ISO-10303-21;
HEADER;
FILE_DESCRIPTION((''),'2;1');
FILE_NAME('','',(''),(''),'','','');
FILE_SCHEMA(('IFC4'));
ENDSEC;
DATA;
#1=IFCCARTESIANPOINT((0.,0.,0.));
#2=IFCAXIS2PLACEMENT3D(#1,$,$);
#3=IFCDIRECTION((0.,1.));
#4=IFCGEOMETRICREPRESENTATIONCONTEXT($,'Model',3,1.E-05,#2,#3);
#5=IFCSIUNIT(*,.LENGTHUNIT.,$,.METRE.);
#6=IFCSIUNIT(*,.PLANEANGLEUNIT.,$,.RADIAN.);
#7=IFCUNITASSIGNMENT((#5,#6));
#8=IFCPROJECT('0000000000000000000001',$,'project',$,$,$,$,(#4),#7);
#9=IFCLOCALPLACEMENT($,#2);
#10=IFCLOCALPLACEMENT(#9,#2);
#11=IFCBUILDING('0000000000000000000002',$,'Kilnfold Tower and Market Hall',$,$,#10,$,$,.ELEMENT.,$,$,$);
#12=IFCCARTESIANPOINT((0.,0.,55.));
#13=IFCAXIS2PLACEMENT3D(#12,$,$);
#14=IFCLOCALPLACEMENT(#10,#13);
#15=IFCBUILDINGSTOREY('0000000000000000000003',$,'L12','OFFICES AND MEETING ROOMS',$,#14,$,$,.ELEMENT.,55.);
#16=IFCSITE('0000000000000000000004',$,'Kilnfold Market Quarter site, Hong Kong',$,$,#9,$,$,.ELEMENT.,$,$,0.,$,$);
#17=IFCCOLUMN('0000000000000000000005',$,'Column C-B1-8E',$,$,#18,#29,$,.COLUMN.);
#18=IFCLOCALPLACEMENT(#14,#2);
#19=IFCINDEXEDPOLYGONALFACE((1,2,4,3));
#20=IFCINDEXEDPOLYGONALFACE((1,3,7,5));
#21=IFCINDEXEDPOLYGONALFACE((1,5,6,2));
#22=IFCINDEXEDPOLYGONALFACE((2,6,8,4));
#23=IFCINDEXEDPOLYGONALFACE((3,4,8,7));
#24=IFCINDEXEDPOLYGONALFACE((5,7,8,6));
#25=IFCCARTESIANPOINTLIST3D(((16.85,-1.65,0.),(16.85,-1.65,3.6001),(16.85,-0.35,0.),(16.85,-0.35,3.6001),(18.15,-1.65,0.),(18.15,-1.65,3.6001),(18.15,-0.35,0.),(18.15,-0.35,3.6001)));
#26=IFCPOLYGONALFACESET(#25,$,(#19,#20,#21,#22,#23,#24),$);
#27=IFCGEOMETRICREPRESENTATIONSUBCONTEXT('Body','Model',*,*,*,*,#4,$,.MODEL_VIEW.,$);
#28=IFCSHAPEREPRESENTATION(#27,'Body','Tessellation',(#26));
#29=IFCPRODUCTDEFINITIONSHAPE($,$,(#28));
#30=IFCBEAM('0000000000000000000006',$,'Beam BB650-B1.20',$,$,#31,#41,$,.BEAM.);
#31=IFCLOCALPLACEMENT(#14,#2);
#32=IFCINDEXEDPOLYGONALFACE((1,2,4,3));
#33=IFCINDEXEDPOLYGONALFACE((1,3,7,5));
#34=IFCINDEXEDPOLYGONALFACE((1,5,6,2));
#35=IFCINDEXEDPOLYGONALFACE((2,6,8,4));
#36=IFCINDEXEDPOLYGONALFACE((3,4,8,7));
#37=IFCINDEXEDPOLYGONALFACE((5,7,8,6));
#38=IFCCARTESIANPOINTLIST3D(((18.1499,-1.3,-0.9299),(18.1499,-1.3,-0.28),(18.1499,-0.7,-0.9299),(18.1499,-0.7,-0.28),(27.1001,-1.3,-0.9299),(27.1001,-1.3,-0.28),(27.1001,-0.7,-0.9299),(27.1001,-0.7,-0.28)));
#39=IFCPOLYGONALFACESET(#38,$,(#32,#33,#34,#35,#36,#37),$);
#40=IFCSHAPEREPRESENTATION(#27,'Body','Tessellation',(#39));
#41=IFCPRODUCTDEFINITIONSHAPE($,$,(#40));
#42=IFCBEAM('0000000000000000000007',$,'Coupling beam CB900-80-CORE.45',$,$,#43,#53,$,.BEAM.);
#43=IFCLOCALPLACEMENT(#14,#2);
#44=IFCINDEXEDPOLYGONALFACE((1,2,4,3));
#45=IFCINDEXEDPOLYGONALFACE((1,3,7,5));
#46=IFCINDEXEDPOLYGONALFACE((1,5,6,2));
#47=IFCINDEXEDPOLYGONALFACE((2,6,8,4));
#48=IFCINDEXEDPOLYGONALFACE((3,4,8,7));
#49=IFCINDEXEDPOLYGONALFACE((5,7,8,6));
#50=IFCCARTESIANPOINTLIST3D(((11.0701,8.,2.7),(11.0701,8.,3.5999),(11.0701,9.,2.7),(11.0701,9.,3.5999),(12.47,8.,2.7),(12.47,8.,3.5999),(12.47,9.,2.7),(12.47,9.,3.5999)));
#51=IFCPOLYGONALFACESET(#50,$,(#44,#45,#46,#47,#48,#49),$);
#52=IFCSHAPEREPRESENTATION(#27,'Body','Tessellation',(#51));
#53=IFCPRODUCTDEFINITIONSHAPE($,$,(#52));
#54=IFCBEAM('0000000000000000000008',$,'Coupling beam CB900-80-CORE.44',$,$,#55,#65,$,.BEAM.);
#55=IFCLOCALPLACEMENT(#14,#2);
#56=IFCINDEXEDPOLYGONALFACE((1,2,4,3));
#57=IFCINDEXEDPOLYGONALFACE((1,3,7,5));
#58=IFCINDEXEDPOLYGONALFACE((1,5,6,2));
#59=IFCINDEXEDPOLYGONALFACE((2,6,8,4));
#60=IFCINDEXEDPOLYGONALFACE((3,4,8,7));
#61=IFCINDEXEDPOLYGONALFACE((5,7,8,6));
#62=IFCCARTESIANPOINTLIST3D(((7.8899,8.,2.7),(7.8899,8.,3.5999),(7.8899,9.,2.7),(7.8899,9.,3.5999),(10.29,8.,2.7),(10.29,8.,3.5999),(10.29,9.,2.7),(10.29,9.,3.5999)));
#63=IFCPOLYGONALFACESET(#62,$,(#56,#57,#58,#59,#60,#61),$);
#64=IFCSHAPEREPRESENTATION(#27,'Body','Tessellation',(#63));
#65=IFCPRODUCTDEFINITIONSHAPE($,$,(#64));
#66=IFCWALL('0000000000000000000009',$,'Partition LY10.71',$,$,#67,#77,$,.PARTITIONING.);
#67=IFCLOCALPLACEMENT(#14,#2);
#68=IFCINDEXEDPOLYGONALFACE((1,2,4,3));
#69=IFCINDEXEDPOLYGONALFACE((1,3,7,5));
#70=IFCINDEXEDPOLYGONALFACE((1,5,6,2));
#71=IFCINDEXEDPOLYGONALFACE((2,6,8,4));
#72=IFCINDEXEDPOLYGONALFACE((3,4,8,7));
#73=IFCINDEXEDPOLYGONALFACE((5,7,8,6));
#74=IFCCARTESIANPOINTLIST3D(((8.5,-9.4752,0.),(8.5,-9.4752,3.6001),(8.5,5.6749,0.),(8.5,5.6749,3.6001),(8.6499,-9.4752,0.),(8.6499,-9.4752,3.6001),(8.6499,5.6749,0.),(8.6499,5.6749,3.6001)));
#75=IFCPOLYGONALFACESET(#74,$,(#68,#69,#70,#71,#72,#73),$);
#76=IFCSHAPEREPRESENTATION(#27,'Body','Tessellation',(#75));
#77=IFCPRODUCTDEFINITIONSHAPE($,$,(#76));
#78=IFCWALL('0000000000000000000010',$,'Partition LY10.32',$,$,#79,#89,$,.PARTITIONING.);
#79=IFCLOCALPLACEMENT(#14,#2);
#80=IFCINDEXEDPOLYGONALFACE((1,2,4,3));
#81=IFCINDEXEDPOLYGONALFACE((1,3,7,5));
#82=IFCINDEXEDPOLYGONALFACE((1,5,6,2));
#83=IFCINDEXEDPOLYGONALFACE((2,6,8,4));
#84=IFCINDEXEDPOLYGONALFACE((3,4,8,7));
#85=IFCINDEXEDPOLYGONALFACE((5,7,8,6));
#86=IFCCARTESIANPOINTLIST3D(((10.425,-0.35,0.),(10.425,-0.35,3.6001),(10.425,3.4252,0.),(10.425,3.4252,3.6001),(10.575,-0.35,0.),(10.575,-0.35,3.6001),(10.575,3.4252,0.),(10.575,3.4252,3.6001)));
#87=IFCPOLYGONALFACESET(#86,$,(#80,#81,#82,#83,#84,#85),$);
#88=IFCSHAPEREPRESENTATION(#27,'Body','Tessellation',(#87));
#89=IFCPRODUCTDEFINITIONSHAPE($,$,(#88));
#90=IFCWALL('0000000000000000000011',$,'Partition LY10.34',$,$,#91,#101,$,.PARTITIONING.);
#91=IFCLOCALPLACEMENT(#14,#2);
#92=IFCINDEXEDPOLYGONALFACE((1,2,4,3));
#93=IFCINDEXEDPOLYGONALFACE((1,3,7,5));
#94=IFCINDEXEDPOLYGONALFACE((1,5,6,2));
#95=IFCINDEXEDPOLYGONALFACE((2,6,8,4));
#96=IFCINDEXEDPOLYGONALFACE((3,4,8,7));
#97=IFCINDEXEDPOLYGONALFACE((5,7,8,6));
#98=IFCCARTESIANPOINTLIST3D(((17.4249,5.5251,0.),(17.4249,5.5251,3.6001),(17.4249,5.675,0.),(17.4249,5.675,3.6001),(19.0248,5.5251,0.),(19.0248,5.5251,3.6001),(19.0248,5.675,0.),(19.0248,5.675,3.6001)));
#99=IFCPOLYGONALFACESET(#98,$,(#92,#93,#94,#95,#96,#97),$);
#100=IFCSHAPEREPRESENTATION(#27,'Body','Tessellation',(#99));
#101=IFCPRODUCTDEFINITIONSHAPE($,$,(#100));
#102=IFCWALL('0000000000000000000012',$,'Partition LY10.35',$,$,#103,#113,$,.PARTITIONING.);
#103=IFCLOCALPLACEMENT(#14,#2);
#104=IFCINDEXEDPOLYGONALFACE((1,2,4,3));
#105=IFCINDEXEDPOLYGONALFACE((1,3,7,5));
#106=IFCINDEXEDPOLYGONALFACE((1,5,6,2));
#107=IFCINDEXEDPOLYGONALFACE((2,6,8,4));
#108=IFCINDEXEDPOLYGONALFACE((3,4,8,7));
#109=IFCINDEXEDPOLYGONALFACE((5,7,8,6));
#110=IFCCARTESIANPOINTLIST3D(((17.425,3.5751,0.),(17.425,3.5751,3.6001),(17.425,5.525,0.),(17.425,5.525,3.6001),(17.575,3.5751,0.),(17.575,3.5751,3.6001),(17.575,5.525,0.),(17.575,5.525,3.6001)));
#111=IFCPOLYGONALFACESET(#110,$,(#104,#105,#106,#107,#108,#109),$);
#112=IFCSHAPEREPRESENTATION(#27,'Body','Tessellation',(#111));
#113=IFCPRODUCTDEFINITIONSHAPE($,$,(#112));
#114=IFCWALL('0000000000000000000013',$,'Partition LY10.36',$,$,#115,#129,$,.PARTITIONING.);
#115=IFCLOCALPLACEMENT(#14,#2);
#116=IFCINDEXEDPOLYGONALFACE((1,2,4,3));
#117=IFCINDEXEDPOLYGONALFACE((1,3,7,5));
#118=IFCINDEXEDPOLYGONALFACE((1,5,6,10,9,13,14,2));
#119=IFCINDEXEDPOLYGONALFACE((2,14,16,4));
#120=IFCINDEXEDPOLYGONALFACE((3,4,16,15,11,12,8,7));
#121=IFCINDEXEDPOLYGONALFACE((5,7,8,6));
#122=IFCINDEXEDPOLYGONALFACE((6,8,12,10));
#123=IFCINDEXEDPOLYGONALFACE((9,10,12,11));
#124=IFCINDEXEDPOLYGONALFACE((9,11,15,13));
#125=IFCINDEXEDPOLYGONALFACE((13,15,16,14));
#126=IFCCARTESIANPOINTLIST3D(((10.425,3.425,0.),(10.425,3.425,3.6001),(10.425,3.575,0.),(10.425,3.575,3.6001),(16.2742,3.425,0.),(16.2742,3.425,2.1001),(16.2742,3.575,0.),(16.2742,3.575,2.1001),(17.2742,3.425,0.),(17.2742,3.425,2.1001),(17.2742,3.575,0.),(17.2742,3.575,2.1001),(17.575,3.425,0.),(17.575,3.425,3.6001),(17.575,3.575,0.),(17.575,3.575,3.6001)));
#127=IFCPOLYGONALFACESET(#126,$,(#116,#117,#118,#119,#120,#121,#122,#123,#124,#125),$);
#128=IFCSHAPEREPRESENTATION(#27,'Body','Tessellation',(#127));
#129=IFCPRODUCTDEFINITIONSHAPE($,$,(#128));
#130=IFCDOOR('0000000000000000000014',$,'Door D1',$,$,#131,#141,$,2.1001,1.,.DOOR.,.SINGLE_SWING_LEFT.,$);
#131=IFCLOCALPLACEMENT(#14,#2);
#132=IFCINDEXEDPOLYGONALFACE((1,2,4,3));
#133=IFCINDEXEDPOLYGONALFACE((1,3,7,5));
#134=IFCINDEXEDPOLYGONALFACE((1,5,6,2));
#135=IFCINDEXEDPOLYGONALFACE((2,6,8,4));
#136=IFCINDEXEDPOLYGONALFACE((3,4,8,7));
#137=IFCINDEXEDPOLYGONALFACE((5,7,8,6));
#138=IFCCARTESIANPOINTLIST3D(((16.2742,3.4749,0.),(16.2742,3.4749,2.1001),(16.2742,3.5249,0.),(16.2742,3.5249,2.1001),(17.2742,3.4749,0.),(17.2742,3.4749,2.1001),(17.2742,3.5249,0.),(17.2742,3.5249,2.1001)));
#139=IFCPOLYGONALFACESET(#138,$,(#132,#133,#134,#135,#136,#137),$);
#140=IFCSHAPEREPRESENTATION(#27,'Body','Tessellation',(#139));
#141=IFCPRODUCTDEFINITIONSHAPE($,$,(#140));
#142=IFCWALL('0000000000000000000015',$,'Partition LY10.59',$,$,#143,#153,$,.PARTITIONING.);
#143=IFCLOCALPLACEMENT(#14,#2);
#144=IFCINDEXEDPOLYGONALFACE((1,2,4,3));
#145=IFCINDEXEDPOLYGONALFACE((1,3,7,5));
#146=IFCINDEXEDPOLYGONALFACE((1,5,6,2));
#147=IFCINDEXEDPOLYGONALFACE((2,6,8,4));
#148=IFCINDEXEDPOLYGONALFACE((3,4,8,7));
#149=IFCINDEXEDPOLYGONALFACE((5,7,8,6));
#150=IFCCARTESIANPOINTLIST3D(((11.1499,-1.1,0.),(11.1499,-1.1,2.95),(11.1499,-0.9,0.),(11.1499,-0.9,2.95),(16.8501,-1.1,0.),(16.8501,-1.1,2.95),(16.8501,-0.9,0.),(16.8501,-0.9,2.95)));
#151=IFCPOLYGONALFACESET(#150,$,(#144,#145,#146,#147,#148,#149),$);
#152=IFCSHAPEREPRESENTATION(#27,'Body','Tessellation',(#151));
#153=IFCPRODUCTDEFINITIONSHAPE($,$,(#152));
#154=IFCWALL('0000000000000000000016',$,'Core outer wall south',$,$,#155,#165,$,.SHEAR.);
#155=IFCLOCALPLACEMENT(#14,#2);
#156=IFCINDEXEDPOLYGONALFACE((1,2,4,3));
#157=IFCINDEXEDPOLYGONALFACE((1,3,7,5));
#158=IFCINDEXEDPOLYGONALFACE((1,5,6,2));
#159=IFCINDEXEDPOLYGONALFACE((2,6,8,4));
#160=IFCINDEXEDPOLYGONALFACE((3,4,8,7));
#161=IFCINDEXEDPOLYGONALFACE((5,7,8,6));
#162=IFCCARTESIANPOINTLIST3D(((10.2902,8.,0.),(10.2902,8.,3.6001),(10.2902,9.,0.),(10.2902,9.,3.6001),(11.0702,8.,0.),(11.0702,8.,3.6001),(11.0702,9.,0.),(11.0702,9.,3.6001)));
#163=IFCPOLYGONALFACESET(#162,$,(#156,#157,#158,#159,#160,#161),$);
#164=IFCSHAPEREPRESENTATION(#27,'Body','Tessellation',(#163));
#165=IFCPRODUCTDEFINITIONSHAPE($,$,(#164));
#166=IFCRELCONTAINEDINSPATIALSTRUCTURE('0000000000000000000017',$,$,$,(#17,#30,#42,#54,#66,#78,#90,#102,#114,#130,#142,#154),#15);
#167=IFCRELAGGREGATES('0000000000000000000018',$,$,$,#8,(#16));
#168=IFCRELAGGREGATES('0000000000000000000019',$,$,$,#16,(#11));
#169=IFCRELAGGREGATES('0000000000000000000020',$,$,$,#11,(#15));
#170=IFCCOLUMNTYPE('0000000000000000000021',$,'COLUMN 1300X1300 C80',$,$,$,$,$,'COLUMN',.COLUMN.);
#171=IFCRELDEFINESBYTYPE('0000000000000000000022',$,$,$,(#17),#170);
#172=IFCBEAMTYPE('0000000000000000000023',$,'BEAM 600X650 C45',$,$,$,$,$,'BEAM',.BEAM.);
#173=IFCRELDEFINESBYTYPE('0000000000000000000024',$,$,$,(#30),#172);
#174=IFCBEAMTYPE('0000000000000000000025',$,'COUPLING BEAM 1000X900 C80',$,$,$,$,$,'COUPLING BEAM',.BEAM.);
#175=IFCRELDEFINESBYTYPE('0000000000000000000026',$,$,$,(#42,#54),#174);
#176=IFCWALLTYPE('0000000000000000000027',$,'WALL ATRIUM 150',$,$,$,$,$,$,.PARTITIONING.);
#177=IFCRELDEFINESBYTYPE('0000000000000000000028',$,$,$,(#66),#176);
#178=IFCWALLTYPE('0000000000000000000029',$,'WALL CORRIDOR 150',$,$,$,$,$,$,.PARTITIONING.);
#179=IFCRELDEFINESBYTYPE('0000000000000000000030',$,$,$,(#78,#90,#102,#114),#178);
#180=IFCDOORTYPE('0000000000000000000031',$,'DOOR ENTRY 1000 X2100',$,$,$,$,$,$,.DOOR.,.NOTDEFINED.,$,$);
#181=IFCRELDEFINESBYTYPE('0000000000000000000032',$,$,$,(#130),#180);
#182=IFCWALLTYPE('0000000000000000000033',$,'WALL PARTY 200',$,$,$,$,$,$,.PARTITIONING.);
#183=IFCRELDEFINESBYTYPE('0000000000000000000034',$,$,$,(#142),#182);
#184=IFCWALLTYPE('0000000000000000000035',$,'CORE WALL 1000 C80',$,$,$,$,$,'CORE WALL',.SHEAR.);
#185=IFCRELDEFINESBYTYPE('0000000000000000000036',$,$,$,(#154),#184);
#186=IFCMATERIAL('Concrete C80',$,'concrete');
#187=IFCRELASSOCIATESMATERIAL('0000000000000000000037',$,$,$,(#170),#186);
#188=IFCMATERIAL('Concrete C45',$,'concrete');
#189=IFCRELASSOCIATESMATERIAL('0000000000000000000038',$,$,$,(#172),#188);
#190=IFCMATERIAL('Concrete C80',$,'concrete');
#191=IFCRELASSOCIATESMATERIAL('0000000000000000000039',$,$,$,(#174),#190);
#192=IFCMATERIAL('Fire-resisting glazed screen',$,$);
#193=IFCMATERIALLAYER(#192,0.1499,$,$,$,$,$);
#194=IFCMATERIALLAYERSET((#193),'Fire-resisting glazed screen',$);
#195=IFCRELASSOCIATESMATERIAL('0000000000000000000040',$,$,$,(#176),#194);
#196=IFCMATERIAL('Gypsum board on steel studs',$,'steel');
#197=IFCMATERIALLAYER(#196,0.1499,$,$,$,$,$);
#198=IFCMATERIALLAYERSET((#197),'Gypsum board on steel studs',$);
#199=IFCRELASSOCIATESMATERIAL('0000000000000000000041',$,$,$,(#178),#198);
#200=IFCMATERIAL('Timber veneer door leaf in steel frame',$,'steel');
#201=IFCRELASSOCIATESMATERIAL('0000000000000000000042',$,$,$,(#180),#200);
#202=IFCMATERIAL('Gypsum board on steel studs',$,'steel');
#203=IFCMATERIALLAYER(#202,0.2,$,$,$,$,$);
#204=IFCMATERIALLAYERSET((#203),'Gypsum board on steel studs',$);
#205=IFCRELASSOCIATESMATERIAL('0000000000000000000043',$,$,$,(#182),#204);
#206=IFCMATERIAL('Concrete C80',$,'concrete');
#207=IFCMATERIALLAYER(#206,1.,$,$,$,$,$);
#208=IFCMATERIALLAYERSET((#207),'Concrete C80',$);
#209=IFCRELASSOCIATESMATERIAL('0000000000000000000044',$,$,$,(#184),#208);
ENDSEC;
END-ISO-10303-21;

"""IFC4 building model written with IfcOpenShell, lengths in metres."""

from ifc_helpers import new_model, si_unit, direction, frame, frame_2d, origin, origin_2d, place, context, subcontext, project, spatial, rectangle, extrude, source, transform, mapped, material, layer, layer_set, material_profile, profile_set, type_object, element, fill, save


model = new_model("IFC4")

# Units and contexts
model_context = context("Model", 3, precision=1e-05, world=origin(), true_north=direction((0.0, 1.0)))
body_context = subcontext(model_context, "Body", "Model", "MODEL_VIEW")
ifc_project = project(units=[si_unit("LENGTHUNIT", "METRE"), si_unit("PLANEANGLEUNIT", "RADIAN")], contexts=[model_context])

# Site, building, storey
site_placement = place(None, origin())
site = spatial("IfcSite", under=ifc_project, at=site_placement, Name="Kilnfold Market Quarter site, Hong Kong", CompositionType="ELEMENT", RefElevation=0.0)
building_placement = place(site_placement, origin())
building = spatial("IfcBuilding", under=site, at=building_placement, Name="Kilnfold Tower and Market Hall", CompositionType="ELEMENT")
storey_placement = place(building_placement, frame((0.0, 0.0, 55.0)))
storey = spatial("IfcBuildingStorey", under=building, at=storey_placement, Name="L12", Description="OFFICES AND MEETING ROOMS", CompositionType="ELEMENT", Elevation=55.0)

# Column
ifc_material_1 = material(Name="Concrete C80", Category="concrete")
ifc_material_profile_1 = material_profile(ifc_material_1, rectangle(XDim=1.3, YDim=1.3, at=origin_2d()), Name="RC 1300x1300")
ifc_profile_set_1 = profile_set([ifc_material_profile_1], Name="Concrete C80")
column_type = type_object("IfcColumnType", Name="COLUMN 1300X1300 C80", ElementType="COLUMN", PredefinedType="COLUMN", material=ifc_profile_set_1)
shared_shape_1 = source(origin(), body_context, "Body", "SweptSolid", [
    extrude(rectangle(XDim=1.3, YDim=1.3, at=origin_2d()), origin(), (0.0, 0.0, 1.0), 3.6001),
])
column_placement = place(storey_placement, frame((17.5, -1.0, 0.0), z_axis=(0.0, 0.0, 1.0), x_axis=(1.0, 0.0, 0.0)))
element("IfcColumn", 1, at=column_placement, inside=storey, type_object=column_type, Name="Column C-B1-8E", PredefinedType="COLUMN", context=body_context, shape_type="MappedRepresentation", body=[
    mapped(shared_shape_1, transform((0.0, 0.0, 0.0))),
])

# Beams
ifc_material_2 = material(Name="Concrete C45", Category="concrete")
ifc_material_profile_2 = material_profile(ifc_material_2, rectangle(XDim=0.6001, YDim=0.6499, at=origin_2d()), Name="RC 600x650")
ifc_profile_set_2 = profile_set([ifc_material_profile_2], Name="Concrete C45")
beam_type_1 = type_object("IfcBeamType", Name="BEAM 600X650 C45", ElementType="BEAM", PredefinedType="BEAM", material=ifc_profile_set_2)
shared_shape_2 = source(origin(), body_context, "Body", "SweptSolid", [
    extrude(rectangle(XDim=0.6001, YDim=0.6499, at=origin_2d()), origin(), (0.0, 0.0, 1.0), 8.9502),
])
beam_1_placement = place(storey_placement, frame((18.1499, -1.0, -0.605), z_axis=(1.0, 0.0, 0.0), x_axis=(0.0, 1.0, 0.0)))
element("IfcBeam", 2, at=beam_1_placement, inside=storey, type_object=beam_type_1, Name="Beam BB650-B1.20", PredefinedType="BEAM", context=body_context, shape_type="MappedRepresentation", body=[
    mapped(shared_shape_2, transform((0.0, 0.0, 0.0))),
])
ifc_material_3 = material(Name="Concrete C80", Category="concrete")
ifc_material_profile_3 = material_profile(ifc_material_3, rectangle(XDim=1.0, YDim=0.8999, at=origin_2d()), Name="RC 1000x900")
ifc_profile_set_3 = profile_set([ifc_material_profile_3], Name="Concrete C80")
beam_type_2 = type_object("IfcBeamType", Name="COUPLING BEAM 1000X900 C80", ElementType="COUPLING BEAM", PredefinedType="BEAM", material=ifc_profile_set_3)
shared_shape_3 = source(origin(), body_context, "Body", "SweptSolid", [
    extrude(rectangle(XDim=1.0, YDim=0.8999, at=origin_2d()), origin(), (0.0, 0.0, 1.0), 1.3999),
])
beam_2_placement = place(storey_placement, frame((11.0701, 8.5, 3.1499), z_axis=(1.0, 0.0, 0.0), x_axis=(0.0, 1.0, 0.0)))
element("IfcBeam", 3, at=beam_2_placement, inside=storey, type_object=beam_type_2, Name="Coupling beam CB900-80-CORE.45", PredefinedType="BEAM", context=body_context, shape_type="MappedRepresentation", body=[
    mapped(shared_shape_3, transform((0.0, 0.0, 0.0))),
])
shared_shape_4 = source(origin(), body_context, "Body", "SweptSolid", [
    extrude(rectangle(XDim=1.0, YDim=0.8999, at=origin_2d()), origin(), (0.0, 0.0, 1.0), 2.4001),
])
beam_3_placement = place(storey_placement, frame((7.8899, 8.5, 3.1499), z_axis=(1.0, 0.0, 0.0), x_axis=(0.0, 1.0, 0.0)))
element("IfcBeam", 4, at=beam_3_placement, inside=storey, type_object=beam_type_2, Name="Coupling beam CB900-80-CORE.44", PredefinedType="BEAM", context=body_context, shape_type="MappedRepresentation", body=[
    mapped(shared_shape_4, transform((0.0, 0.0, 0.0))),
])

# Walls
ifc_material_4 = material(Name="Fire-resisting glazed screen")
ifc_layer_1 = layer(ifc_material_4, 0.1499)
ifc_layer_set_1 = layer_set([ifc_layer_1], Name="Fire-resisting glazed screen")
wall_type_1 = type_object("IfcWallType", Name="WALL ATRIUM 150", PredefinedType="PARTITIONING", material=ifc_layer_set_1)
wall_1_placement = place(storey_placement, frame((8.575, 5.675, 0.0), z_axis=(0.0, 0.0, 1.0), x_axis=(0.0, -1.0, 0.0)))
element("IfcWall", 5, at=wall_1_placement, inside=storey, type_object=wall_type_1, Name="Partition LY10.71", PredefinedType="PARTITIONING", context=body_context, shape_type="SweptSolid", body=[
    extrude(rectangle(XDim=15.1501, YDim=0.1499, at=frame_2d((7.5752, 0.0))), origin(), (0.0, 0.0, 1.0), 3.6001),
])
ifc_material_5 = material(Name="Gypsum board on steel studs", Category="steel")
ifc_layer_2 = layer(ifc_material_5, 0.1499)
ifc_layer_set_2 = layer_set([ifc_layer_2], Name="Gypsum board on steel studs")
wall_type_2 = type_object("IfcWallType", Name="WALL CORRIDOR 150", PredefinedType="PARTITIONING", material=ifc_layer_set_2)
wall_2_placement = place(storey_placement, frame((10.5, -0.3501, 0.0), z_axis=(0.0, 0.0, 1.0), x_axis=(0.0, 1.0, 0.0)))
element("IfcWall", 6, at=wall_2_placement, inside=storey, type_object=wall_type_2, Name="Partition LY10.32", PredefinedType="PARTITIONING", context=body_context, shape_type="SweptSolid", body=[
    extrude(rectangle(XDim=3.7751, YDim=0.1499, at=frame_2d((1.8877, 0.0))), origin(), (0.0, 0.0, 1.0), 3.6001),
])
wall_3_placement = place(storey_placement, frame((17.425, 5.6001, 0.0), z_axis=(0.0, 0.0, 1.0), x_axis=(1.0, 0.0, 0.0)))
element("IfcWall", 7, at=wall_3_placement, inside=storey, type_object=wall_type_2, Name="Partition LY10.34", PredefinedType="PARTITIONING", context=body_context, shape_type="SweptSolid", body=[
    extrude(rectangle(XDim=1.5999, YDim=0.1499, at=frame_2d((0.7998, 0.0))), origin(), (0.0, 0.0, 1.0), 3.6001),
])
wall_4_placement = place(storey_placement, frame((17.5, 3.575, 0.0), z_axis=(0.0, 0.0, 1.0), x_axis=(0.0, 1.0, 0.0)))
element("IfcWall", 8, at=wall_4_placement, inside=storey, type_object=wall_type_2, Name="Partition LY10.35", PredefinedType="PARTITIONING", context=body_context, shape_type="SweptSolid", body=[
    extrude(rectangle(XDim=1.95, YDim=0.1499, at=frame_2d((0.9751, 0.0))), origin(), (0.0, 0.0, 1.0), 3.6001),
])

# Wall, opening, door
wall_5_placement = place(storey_placement, frame((10.425, 3.5, 0.0), z_axis=(0.0, 0.0, 1.0), x_axis=(1.0, 0.0, 0.0)))
wall_5 = element("IfcWall", 9, at=wall_5_placement, inside=storey, type_object=wall_type_2, Name="Partition LY10.36", PredefinedType="PARTITIONING", context=body_context, shape_type="SweptSolid", body=[
    extrude(rectangle(XDim=7.1499, YDim=0.1499, at=frame_2d((3.575, 0.0))), origin(), (0.0, 0.0, 1.0), 3.6001),
])
opening_1_placement = place(wall_5_placement, frame((5.8491, 0.0, 0.0)))
opening_1 = element("IfcOpeningElement", 10, at=opening_1_placement, cuts=wall_5, PredefinedType="OPENING", context=body_context, shape_type="SweptSolid", body=[
    extrude(rectangle(XDim=1.0, YDim=2.1001, at=frame_2d((0.5, 1.05))), frame((0.0, 0.085, 0.0), z_axis=(0.0, -1.0, 0.0), x_axis=(1.0, 0.0, 0.0)), (0.0, 0.0, 1.0), 0.1699),
])
ifc_material_6 = material(Name="Timber veneer door leaf in steel frame", Category="steel")
door_type_1 = type_object("IfcDoorType", Name="DOOR ENTRY 1000 X2100", OperationType="NOTDEFINED", PredefinedType="DOOR", material=ifc_material_6)
door_1_placement = place(opening_1_placement, origin())
door_1 = element("IfcDoor", 11, at=door_1_placement, inside=storey, type_object=door_type_1, Name="Door D1", OperationType="SINGLE_SWING_LEFT", OverallHeight=2.1001, OverallWidth=1.0, PredefinedType="DOOR", context=body_context, shape_type="SweptSolid", body=[
    extrude(rectangle(XDim=1.0, YDim=2.1001, at=frame_2d((0.5, 1.05))), frame((0.0, 0.0249, 0.0), z_axis=(0.0, -1.0, 0.0), x_axis=(1.0, 0.0, 0.0)), (0.0, 0.0, 1.0), 0.05),
])
fill(opening_1, door_1)

# Walls
ifc_material_7 = material(Name="Gypsum board on steel studs", Category="steel")
ifc_layer_3 = layer(ifc_material_7, 0.2)
ifc_layer_set_3 = layer_set([ifc_layer_3], Name="Gypsum board on steel studs")
wall_type_3 = type_object("IfcWallType", Name="WALL PARTY 200", PredefinedType="PARTITIONING", material=ifc_layer_set_3)
wall_6_placement = place(storey_placement, frame((11.1499, -1.0, 0.0), z_axis=(0.0, 0.0, 1.0), x_axis=(1.0, 0.0, 0.0)))
element("IfcWall", 12, at=wall_6_placement, inside=storey, type_object=wall_type_3, Name="Partition LY10.59", PredefinedType="PARTITIONING", context=body_context, shape_type="SweptSolid", body=[
    extrude(rectangle(XDim=5.7002, YDim=0.2, at=frame_2d((2.8501, 0.0))), origin(), (0.0, 0.0, 1.0), 2.95),
])
ifc_material_8 = material(Name="Concrete C80", Category="concrete")
ifc_layer_4 = layer(ifc_material_8, 1.0)
ifc_layer_set_4 = layer_set([ifc_layer_4], Name="Concrete C80")
wall_type_4 = type_object("IfcWallType", Name="CORE WALL 1000 C80", ElementType="CORE WALL", PredefinedType="SHEAR", material=ifc_layer_set_4)
shared_shape_5 = source(origin(), body_context, "Body", "SweptSolid", [
    extrude(rectangle(XDim=0.78, YDim=1.0, at=frame_2d((0.3901, 0.0))), origin(), (0.0, 0.0, 1.0), 3.6001),
])
wall_7_placement = place(storey_placement, frame((10.29, 8.5, 0.0), z_axis=(0.0, 0.0, 1.0), x_axis=(1.0, 0.0, 0.0)))
element("IfcWall", 13, at=wall_7_placement, inside=storey, type_object=wall_type_4, Name="Core outer wall south", PredefinedType="SHEAR", context=body_context, shape_type="MappedRepresentation", body=[
    mapped(shared_shape_5, transform((0.0, 0.0, 0.0))),
])

save(model, "model.ifc")
